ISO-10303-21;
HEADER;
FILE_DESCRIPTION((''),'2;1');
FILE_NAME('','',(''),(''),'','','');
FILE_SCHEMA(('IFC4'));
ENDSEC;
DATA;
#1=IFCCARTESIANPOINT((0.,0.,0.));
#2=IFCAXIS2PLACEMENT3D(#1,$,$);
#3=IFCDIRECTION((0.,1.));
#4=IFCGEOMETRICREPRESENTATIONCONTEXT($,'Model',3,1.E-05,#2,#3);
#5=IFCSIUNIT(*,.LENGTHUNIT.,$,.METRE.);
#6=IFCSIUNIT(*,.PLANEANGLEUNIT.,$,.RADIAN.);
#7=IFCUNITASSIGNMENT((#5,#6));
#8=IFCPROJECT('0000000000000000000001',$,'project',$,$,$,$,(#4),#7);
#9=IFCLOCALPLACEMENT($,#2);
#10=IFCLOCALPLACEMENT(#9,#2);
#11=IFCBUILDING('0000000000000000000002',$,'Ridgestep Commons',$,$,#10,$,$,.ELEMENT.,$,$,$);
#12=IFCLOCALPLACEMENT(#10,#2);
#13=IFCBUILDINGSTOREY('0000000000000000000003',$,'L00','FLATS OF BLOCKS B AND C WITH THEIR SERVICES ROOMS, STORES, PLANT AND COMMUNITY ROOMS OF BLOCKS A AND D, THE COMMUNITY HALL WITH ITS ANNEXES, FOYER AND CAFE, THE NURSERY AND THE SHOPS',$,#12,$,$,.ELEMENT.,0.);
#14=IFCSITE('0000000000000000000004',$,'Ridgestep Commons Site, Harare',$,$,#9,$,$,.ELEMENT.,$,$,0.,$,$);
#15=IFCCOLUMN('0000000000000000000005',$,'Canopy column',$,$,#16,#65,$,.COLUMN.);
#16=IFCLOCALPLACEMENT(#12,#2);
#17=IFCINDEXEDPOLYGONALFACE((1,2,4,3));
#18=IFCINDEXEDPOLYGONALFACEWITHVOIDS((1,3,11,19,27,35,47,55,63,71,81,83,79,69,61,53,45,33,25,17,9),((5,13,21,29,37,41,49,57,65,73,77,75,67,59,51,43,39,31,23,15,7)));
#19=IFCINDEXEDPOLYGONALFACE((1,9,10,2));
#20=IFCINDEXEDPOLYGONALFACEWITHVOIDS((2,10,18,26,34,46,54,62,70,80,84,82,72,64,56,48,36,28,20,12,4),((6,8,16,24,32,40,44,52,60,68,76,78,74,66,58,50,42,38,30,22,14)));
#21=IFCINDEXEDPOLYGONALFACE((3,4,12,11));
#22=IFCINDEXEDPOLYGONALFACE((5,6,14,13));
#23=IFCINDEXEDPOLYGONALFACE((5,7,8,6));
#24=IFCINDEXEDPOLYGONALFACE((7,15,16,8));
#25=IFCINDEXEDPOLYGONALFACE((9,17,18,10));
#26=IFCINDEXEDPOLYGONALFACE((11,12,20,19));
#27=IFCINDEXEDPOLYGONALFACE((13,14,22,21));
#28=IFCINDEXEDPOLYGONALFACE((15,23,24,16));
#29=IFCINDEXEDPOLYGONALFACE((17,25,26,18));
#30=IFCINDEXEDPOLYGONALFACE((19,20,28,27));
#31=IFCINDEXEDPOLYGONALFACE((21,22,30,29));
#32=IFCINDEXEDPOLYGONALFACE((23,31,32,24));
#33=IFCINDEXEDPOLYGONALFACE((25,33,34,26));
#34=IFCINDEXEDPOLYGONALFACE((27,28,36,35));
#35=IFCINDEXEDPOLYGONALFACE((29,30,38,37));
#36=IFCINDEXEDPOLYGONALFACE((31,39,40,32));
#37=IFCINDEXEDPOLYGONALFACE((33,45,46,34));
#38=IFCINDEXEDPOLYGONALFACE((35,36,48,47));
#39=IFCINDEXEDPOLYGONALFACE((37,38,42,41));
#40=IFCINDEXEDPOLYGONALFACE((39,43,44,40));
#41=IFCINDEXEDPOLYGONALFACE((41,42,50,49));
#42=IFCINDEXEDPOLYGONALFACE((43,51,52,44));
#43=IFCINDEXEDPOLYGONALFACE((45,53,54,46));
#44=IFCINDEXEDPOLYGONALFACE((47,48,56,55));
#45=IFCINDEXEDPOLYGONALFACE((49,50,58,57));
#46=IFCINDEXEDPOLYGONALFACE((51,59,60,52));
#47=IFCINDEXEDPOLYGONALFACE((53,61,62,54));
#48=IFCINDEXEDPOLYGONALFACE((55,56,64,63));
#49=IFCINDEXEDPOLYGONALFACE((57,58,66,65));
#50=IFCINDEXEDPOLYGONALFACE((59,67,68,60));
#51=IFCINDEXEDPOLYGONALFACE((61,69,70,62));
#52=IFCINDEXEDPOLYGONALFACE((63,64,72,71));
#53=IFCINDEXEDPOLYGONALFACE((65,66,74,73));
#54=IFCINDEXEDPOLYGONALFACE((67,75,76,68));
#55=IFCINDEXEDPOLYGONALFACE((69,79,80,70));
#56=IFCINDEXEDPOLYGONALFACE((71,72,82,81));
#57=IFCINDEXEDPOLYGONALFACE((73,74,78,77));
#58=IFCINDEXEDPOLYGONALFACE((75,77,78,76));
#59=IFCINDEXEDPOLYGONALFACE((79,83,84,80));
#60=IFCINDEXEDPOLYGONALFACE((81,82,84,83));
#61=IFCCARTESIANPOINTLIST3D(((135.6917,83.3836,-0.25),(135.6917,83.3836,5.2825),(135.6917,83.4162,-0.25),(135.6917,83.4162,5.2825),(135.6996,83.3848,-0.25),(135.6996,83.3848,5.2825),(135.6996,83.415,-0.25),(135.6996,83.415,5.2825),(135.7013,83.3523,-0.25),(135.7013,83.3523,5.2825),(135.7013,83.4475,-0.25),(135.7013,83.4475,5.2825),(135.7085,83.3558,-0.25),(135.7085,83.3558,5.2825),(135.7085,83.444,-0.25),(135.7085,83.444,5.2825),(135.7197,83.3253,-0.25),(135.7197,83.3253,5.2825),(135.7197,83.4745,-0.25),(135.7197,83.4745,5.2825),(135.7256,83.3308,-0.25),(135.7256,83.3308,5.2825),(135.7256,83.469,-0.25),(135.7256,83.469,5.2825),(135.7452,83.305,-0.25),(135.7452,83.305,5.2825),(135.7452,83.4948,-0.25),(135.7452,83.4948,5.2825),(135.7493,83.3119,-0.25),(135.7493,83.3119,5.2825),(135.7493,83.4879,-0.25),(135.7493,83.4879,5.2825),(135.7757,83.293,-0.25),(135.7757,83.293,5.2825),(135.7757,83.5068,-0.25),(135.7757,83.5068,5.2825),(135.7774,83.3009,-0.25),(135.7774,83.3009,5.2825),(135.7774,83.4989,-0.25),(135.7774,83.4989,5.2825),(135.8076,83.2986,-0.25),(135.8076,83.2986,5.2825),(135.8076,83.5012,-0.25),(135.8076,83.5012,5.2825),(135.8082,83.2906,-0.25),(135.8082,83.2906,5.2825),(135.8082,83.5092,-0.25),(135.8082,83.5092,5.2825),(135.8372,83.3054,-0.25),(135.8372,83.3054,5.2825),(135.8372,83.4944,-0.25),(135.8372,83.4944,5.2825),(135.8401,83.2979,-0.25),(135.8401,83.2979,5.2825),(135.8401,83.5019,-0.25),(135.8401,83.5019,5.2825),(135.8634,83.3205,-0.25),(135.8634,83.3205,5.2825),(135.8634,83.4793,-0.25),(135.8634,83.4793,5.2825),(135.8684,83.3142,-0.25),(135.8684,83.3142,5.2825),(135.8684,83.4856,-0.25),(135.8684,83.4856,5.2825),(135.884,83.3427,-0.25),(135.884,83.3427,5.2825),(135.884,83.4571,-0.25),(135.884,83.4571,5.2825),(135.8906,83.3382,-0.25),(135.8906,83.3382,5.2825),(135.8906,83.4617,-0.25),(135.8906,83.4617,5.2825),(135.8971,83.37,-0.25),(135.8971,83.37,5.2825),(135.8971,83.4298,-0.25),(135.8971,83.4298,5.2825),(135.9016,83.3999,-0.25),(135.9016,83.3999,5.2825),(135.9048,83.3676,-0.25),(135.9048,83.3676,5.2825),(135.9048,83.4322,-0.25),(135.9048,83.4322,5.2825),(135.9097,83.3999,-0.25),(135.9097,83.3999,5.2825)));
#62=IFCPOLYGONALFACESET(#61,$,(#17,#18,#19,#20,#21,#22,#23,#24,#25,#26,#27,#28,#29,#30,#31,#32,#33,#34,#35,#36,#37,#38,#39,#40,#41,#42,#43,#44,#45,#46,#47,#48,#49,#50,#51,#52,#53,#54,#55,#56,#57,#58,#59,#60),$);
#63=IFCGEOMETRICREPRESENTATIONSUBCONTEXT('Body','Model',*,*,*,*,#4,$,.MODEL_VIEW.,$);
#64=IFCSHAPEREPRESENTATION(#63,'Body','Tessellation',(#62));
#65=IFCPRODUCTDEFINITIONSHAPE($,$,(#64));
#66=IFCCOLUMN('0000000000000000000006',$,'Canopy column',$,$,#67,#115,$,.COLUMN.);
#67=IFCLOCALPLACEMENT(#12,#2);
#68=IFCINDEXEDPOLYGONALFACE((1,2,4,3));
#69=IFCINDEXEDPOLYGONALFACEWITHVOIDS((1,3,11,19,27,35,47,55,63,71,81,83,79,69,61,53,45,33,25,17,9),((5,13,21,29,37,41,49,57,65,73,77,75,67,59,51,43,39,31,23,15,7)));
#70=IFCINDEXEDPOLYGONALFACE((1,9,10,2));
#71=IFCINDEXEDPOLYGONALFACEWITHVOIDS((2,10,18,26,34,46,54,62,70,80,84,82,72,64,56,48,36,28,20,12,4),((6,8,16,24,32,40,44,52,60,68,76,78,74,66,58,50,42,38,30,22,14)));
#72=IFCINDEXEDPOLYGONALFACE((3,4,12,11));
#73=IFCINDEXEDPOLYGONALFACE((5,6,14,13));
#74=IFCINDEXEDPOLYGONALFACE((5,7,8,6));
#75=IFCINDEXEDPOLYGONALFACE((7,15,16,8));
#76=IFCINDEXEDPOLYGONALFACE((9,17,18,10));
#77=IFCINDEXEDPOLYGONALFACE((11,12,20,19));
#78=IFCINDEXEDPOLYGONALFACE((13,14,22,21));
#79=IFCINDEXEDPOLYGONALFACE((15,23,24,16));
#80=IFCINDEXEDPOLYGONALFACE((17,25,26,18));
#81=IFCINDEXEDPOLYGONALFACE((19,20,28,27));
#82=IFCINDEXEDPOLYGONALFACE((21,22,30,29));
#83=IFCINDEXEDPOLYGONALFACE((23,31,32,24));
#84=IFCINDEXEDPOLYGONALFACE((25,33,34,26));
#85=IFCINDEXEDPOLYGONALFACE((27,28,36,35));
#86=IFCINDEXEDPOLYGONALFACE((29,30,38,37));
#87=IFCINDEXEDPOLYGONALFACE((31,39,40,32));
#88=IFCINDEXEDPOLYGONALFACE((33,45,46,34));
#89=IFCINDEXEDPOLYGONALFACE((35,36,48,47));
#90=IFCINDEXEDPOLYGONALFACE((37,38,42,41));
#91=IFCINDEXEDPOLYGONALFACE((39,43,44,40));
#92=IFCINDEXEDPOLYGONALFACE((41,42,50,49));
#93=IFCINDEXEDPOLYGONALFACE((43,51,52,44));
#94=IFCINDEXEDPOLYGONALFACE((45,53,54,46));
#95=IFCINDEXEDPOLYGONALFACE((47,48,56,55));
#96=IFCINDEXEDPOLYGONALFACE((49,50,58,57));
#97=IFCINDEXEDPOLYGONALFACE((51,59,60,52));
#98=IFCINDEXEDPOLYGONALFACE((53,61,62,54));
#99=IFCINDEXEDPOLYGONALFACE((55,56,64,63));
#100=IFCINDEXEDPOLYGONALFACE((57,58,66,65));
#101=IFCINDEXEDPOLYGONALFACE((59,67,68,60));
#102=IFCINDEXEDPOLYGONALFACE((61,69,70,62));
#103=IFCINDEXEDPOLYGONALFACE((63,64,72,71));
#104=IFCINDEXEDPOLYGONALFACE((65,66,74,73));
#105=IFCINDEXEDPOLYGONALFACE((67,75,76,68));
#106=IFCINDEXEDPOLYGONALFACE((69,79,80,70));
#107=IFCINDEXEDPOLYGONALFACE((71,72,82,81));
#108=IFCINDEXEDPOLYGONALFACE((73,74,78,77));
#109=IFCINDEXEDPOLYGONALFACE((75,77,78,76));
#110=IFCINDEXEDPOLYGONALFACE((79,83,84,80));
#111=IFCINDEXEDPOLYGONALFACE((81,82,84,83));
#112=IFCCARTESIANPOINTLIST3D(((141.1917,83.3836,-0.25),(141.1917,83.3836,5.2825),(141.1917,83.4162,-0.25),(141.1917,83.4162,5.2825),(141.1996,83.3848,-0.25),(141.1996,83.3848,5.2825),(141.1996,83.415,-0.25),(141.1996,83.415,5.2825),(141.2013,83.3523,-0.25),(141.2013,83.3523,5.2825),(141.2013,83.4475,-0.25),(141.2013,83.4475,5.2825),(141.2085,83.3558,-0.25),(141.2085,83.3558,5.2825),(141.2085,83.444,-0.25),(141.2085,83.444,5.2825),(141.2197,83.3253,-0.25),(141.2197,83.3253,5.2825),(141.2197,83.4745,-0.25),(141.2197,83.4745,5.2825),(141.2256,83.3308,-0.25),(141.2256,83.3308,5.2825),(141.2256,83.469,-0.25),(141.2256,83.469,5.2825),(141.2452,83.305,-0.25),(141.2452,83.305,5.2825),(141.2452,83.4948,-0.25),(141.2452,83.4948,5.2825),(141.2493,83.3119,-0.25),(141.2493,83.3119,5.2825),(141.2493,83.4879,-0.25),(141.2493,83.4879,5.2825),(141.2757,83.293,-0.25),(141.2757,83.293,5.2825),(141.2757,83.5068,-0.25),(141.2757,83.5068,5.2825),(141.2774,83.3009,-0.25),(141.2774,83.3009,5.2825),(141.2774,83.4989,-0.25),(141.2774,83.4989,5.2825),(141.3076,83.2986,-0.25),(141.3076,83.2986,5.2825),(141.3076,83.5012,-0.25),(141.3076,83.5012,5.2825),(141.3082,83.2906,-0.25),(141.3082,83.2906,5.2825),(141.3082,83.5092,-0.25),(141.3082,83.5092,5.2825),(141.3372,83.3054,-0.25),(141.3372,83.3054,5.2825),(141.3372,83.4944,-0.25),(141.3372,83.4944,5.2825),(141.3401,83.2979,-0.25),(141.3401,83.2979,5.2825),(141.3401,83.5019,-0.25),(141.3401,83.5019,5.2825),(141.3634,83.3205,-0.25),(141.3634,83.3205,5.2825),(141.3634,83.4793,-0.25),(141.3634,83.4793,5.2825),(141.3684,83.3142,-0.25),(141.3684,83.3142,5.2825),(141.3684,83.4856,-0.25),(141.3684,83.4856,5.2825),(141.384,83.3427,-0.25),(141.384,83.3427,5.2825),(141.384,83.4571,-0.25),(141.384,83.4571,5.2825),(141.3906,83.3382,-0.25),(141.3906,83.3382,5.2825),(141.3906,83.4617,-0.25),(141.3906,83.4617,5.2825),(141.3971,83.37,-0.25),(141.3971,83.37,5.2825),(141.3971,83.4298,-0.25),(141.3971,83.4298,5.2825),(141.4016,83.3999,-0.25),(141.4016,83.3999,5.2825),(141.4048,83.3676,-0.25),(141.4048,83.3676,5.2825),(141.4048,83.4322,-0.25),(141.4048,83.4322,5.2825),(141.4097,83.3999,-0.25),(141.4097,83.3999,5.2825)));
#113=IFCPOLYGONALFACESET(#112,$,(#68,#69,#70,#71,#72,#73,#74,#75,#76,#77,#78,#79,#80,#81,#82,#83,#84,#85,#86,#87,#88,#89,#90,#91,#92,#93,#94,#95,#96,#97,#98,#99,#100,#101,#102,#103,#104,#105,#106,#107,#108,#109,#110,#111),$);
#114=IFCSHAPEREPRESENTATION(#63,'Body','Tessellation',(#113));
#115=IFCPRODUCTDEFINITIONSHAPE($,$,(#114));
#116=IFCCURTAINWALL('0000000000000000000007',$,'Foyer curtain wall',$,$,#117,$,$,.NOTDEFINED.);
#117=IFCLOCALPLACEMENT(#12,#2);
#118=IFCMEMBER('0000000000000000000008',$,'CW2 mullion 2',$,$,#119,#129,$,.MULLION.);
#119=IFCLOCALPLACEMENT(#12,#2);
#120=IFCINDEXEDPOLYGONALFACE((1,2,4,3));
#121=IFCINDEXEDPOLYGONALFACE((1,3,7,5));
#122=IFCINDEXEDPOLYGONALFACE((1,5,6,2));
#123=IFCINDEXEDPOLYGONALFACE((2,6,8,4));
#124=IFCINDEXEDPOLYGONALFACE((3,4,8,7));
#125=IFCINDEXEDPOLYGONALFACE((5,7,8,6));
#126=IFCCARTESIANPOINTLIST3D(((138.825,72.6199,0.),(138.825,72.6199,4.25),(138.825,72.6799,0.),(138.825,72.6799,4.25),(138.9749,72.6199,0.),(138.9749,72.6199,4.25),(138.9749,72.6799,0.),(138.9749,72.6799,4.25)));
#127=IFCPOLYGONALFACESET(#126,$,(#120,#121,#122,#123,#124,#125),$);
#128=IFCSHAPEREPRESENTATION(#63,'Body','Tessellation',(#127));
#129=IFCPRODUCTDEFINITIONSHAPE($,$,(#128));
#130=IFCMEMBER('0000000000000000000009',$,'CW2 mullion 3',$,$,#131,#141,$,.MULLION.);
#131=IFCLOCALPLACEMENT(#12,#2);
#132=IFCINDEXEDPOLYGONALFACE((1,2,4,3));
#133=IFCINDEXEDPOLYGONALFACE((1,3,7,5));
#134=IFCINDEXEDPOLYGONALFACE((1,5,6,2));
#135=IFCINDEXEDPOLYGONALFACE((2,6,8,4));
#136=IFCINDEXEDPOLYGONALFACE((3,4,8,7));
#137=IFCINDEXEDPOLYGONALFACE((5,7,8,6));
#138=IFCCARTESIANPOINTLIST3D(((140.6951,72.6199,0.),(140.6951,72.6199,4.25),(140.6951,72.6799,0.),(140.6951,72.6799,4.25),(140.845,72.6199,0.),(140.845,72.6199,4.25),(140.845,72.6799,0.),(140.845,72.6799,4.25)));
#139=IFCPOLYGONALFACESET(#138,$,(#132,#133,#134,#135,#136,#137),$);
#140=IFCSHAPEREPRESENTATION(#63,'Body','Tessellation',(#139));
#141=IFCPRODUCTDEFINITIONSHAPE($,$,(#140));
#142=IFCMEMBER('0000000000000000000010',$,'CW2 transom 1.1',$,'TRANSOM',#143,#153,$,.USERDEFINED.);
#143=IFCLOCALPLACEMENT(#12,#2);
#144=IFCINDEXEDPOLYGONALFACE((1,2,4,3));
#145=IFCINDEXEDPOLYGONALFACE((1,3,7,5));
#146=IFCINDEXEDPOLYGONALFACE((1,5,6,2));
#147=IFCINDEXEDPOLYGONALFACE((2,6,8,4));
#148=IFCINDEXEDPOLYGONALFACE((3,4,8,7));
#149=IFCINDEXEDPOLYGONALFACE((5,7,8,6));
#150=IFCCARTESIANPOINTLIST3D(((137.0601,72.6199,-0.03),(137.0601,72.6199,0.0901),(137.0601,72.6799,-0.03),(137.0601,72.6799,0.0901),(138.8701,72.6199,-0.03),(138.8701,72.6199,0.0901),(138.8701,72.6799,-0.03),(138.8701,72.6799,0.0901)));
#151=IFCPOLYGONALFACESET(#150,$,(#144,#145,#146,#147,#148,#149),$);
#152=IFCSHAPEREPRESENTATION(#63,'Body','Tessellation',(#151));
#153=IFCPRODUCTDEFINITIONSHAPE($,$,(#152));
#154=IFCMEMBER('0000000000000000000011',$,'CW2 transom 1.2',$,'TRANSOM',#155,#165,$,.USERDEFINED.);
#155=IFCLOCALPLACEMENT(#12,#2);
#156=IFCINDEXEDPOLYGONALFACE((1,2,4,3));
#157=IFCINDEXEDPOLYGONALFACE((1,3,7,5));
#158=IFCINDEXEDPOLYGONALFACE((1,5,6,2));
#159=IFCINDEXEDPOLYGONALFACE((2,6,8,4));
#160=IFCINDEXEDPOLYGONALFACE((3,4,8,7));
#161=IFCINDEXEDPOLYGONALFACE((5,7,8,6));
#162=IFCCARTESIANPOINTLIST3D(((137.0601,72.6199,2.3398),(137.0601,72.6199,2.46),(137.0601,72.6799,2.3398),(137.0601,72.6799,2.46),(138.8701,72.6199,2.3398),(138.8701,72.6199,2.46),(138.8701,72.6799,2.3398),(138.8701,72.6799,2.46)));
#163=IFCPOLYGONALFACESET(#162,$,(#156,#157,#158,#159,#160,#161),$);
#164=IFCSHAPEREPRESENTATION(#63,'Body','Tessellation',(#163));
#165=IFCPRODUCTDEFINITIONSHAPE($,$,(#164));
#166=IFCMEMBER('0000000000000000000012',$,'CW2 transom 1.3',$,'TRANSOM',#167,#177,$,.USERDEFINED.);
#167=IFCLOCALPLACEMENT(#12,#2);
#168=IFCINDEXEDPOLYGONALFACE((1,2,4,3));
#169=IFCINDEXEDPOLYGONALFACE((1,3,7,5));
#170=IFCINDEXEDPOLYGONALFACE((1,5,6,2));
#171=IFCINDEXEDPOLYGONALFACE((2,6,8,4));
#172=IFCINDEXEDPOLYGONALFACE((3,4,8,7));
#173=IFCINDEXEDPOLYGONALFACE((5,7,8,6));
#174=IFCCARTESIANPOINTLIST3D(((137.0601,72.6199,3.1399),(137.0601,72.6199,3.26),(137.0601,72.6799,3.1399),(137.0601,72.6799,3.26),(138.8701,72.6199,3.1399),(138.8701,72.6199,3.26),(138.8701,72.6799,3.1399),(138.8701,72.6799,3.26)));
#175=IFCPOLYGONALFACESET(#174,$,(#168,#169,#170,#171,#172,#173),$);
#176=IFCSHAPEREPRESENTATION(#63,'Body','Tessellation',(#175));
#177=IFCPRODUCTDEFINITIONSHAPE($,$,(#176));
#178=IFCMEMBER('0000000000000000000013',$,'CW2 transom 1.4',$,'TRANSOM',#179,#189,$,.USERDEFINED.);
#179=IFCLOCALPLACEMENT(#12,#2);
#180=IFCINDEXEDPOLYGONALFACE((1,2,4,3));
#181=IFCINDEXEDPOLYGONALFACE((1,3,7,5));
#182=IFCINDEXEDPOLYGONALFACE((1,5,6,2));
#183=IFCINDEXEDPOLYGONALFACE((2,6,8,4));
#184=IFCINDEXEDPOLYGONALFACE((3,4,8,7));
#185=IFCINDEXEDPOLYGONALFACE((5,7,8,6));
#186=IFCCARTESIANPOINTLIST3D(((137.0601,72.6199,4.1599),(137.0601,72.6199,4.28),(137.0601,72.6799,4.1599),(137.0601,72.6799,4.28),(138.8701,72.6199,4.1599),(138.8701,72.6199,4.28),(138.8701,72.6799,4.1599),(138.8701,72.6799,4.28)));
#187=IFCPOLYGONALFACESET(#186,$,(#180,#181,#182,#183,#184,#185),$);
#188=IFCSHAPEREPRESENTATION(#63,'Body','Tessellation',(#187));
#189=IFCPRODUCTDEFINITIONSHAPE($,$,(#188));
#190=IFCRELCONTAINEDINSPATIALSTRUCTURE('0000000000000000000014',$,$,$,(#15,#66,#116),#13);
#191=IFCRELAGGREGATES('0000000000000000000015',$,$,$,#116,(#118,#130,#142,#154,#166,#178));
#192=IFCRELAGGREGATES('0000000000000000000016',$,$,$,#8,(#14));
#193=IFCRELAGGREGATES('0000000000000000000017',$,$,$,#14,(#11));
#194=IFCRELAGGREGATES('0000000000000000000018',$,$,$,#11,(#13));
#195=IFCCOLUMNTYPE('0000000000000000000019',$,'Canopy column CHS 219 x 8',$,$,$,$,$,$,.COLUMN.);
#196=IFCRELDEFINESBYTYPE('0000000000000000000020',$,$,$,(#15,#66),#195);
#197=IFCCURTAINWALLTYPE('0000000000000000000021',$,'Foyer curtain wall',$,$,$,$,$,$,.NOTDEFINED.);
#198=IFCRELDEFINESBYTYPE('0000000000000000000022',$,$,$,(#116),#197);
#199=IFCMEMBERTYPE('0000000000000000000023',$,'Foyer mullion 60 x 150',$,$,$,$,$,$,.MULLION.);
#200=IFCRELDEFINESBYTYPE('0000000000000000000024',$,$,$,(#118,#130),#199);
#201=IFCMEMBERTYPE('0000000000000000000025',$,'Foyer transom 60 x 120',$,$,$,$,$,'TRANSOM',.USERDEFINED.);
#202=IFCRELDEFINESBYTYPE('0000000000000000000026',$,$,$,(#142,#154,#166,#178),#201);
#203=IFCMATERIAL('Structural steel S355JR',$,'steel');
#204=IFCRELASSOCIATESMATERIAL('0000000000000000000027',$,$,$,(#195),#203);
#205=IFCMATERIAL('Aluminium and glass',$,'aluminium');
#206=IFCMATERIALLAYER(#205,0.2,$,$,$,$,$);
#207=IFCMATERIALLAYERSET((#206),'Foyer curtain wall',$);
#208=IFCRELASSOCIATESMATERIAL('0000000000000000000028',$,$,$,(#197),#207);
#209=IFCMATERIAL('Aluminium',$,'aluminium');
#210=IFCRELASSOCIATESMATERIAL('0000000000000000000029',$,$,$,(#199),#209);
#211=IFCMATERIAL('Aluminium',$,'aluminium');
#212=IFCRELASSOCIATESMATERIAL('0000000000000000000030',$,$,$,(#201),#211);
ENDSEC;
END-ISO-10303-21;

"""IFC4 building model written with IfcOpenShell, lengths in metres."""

from ifc_helpers import new_model, si_unit, direction, frame, origin, origin_2d, place, context, subcontext, project, spatial, rectangle, hollow_circle, extrude, material, layer, layer_set, material_profile, profile_set, type_object, element, aggregate, save


model = new_model("IFC4")

# Units and contexts
model_context = context("Model", 3, precision=1e-05, world=origin(), true_north=direction((0.0, 1.0)))
body_context = subcontext(model_context, "Body", "Model", "MODEL_VIEW")
ifc_project = project(units=[si_unit("LENGTHUNIT", "METRE"), si_unit("PLANEANGLEUNIT", "RADIAN")], contexts=[model_context])

# Site, building, storey
site_placement = place(None, origin())
site = spatial("IfcSite", under=ifc_project, at=site_placement, Name="Ridgestep Commons Site, Harare", CompositionType="ELEMENT", RefElevation=0.0)
building_placement = place(site_placement, origin())
building = spatial("IfcBuilding", under=site, at=building_placement, Name="Ridgestep Commons", CompositionType="ELEMENT")
storey_placement = place(building_placement, origin())
storey = spatial("IfcBuildingStorey", under=building, at=storey_placement, Name="L00", Description="FLATS OF BLOCKS B AND C WITH THEIR SERVICES ROOMS, STORES, PLANT AND COMMUNITY ROOMS OF BLOCKS A AND D, THE COMMUNITY HALL WITH ITS ANNEXES, FOYER AND CAFE, THE NURSERY AND THE SHOPS", CompositionType="ELEMENT", Elevation=0.0)

# Columns
ifc_material_1 = material(Name="Structural steel S355JR", Category="steel")
ifc_material_profile_1 = material_profile(ifc_material_1, hollow_circle(Radius=0.1096, WallThickness=0.0081, at=origin_2d()), Name="CHS 219.1x8.0")
ifc_profile_set_1 = profile_set([ifc_material_profile_1], Name="Structural steel S355JR")
column_type = type_object("IfcColumnType", Name="Canopy column CHS 219 x 8", PredefinedType="COLUMN", material=ifc_profile_set_1)
for number, where, z_axis, x_axis, name in (
    (1, (135.8, 83.3999, -0.25), (0.0, 0.0, 1.0), (1.0, 0.0, 0.0), "Canopy column"),
    (2, (141.3, 83.3999, -0.25), (0.0, 0.0, 1.0), (1.0, 0.0, 0.0), "Canopy column"),
):
    element("IfcColumn", number, at=place(storey_placement, frame(where, z_axis=z_axis, x_axis=x_axis)), inside=storey, type_object=column_type, Name=name, PredefinedType="COLUMN", context=body_context, shape_type="SweptSolid", body=[
        extrude(hollow_circle(Radius=0.1096, WallThickness=0.0081, at=origin_2d()), origin(), (0.0, 0.0, 1.0), 5.5325),
    ])

# Curtain wall, members
ifc_material_2 = material(Name="Aluminium and glass", Category="aluminium")
ifc_layer_1 = layer(ifc_material_2, 0.2)
ifc_layer_set_1 = layer_set([ifc_layer_1], Name="Foyer curtain wall")
curtain_wall_type = type_object("IfcCurtainWallType", Name="Foyer curtain wall", PredefinedType="NOTDEFINED", material=ifc_layer_set_1)
curtain_wall_placement = place(storey_placement, origin())
curtain_wall = element("IfcCurtainWall", 3, at=curtain_wall_placement, inside=storey, type_object=curtain_wall_type, Name="Foyer curtain wall", PredefinedType="NOTDEFINED")
ifc_material_3 = material(Name="Aluminium", Category="aluminium")
ifc_material_profile_2 = material_profile(ifc_material_3, rectangle(XDim=0.0601, YDim=0.1499, at=origin_2d()), Name="Foyer mullion 60 x 150")
ifc_profile_set_2 = profile_set([ifc_material_profile_2], Name="Aluminium")
member_type_1 = type_object("IfcMemberType", Name="Foyer mullion 60 x 150", PredefinedType="MULLION", material=ifc_profile_set_2)
member_1_placement = place(storey_placement, frame((138.8999, 72.6499, 0.0), z_axis=(0.0, 0.0, 1.0), x_axis=(0.0, 1.0, 0.0)))
member_1 = element("IfcMember", 4, at=member_1_placement, type_object=member_type_1, Name="CW2 mullion 2", PredefinedType="MULLION", context=body_context, shape_type="SweptSolid", body=[
    extrude(rectangle(XDim=0.0601, YDim=0.1499, at=origin_2d()), origin(), (0.0, 0.0, 1.0), 4.25),
])
member_2_placement = place(storey_placement, frame((140.77, 72.6499, 0.0), z_axis=(0.0, 0.0, 1.0), x_axis=(0.0, 1.0, 0.0)))
member_2 = element("IfcMember", 5, at=member_2_placement, type_object=member_type_1, Name="CW2 mullion 3", PredefinedType="MULLION", context=body_context, shape_type="SweptSolid", body=[
    extrude(rectangle(XDim=0.0601, YDim=0.1499, at=origin_2d()), origin(), (0.0, 0.0, 1.0), 4.25),
])
ifc_material_4 = material(Name="Aluminium", Category="aluminium")
ifc_material_profile_3 = material_profile(ifc_material_4, rectangle(XDim=0.0601, YDim=0.1201, at=origin_2d()), Name="Foyer transom 60 x 120")
ifc_profile_set_3 = profile_set([ifc_material_profile_3], Name="Aluminium")
member_type_2 = type_object("IfcMemberType", Name="Foyer transom 60 x 120", ElementType="TRANSOM", PredefinedType="USERDEFINED", material=ifc_profile_set_3)
member_3_placement = place(storey_placement, frame((137.0601, 72.6499, 0.03), z_axis=(1.0, 0.0, 0.0), x_axis=(0.0, 1.0, 0.0)))
member_3 = element("IfcMember", 6, at=member_3_placement, type_object=member_type_2, Name="CW2 transom 1.1", ObjectType="TRANSOM", PredefinedType="USERDEFINED", context=body_context, shape_type="SweptSolid", body=[
    extrude(rectangle(XDim=0.0601, YDim=0.1201, at=origin_2d()), origin(), (0.0, 0.0, 1.0), 1.8101),
])
member_4_placement = place(storey_placement, frame((137.0601, 72.6499, 2.3999), z_axis=(1.0, 0.0, 0.0), x_axis=(0.0, 1.0, 0.0)))
member_4 = element("IfcMember", 7, at=member_4_placement, type_object=member_type_2, Name="CW2 transom 1.2", ObjectType="TRANSOM", PredefinedType="USERDEFINED", context=body_context, shape_type="SweptSolid", body=[
    extrude(rectangle(XDim=0.0601, YDim=0.1201, at=origin_2d()), origin(), (0.0, 0.0, 1.0), 1.8101),
])
member_5_placement = place(storey_placement, frame((137.0601, 72.6499, 3.2), z_axis=(1.0, 0.0, 0.0), x_axis=(0.0, 1.0, 0.0)))
member_5 = element("IfcMember", 8, at=member_5_placement, type_object=member_type_2, Name="CW2 transom 1.3", ObjectType="TRANSOM", PredefinedType="USERDEFINED", context=body_context, shape_type="SweptSolid", body=[
    extrude(rectangle(XDim=0.0601, YDim=0.1201, at=origin_2d()), origin(), (0.0, 0.0, 1.0), 1.8101),
])
member_6_placement = place(storey_placement, frame((137.0601, 72.6499, 4.22), z_axis=(1.0, 0.0, 0.0), x_axis=(0.0, 1.0, 0.0)))
member_6 = element("IfcMember", 9, at=member_6_placement, type_object=member_type_2, Name="CW2 transom 1.4", ObjectType="TRANSOM", PredefinedType="USERDEFINED", context=body_context, shape_type="SweptSolid", body=[
    extrude(rectangle(XDim=0.0601, YDim=0.1201, at=origin_2d()), origin(), (0.0, 0.0, 1.0), 1.8101),
])
aggregate(curtain_wall, [member_1, member_2, member_3, member_4, member_5, member_6])

save(model, "model.ifc")
